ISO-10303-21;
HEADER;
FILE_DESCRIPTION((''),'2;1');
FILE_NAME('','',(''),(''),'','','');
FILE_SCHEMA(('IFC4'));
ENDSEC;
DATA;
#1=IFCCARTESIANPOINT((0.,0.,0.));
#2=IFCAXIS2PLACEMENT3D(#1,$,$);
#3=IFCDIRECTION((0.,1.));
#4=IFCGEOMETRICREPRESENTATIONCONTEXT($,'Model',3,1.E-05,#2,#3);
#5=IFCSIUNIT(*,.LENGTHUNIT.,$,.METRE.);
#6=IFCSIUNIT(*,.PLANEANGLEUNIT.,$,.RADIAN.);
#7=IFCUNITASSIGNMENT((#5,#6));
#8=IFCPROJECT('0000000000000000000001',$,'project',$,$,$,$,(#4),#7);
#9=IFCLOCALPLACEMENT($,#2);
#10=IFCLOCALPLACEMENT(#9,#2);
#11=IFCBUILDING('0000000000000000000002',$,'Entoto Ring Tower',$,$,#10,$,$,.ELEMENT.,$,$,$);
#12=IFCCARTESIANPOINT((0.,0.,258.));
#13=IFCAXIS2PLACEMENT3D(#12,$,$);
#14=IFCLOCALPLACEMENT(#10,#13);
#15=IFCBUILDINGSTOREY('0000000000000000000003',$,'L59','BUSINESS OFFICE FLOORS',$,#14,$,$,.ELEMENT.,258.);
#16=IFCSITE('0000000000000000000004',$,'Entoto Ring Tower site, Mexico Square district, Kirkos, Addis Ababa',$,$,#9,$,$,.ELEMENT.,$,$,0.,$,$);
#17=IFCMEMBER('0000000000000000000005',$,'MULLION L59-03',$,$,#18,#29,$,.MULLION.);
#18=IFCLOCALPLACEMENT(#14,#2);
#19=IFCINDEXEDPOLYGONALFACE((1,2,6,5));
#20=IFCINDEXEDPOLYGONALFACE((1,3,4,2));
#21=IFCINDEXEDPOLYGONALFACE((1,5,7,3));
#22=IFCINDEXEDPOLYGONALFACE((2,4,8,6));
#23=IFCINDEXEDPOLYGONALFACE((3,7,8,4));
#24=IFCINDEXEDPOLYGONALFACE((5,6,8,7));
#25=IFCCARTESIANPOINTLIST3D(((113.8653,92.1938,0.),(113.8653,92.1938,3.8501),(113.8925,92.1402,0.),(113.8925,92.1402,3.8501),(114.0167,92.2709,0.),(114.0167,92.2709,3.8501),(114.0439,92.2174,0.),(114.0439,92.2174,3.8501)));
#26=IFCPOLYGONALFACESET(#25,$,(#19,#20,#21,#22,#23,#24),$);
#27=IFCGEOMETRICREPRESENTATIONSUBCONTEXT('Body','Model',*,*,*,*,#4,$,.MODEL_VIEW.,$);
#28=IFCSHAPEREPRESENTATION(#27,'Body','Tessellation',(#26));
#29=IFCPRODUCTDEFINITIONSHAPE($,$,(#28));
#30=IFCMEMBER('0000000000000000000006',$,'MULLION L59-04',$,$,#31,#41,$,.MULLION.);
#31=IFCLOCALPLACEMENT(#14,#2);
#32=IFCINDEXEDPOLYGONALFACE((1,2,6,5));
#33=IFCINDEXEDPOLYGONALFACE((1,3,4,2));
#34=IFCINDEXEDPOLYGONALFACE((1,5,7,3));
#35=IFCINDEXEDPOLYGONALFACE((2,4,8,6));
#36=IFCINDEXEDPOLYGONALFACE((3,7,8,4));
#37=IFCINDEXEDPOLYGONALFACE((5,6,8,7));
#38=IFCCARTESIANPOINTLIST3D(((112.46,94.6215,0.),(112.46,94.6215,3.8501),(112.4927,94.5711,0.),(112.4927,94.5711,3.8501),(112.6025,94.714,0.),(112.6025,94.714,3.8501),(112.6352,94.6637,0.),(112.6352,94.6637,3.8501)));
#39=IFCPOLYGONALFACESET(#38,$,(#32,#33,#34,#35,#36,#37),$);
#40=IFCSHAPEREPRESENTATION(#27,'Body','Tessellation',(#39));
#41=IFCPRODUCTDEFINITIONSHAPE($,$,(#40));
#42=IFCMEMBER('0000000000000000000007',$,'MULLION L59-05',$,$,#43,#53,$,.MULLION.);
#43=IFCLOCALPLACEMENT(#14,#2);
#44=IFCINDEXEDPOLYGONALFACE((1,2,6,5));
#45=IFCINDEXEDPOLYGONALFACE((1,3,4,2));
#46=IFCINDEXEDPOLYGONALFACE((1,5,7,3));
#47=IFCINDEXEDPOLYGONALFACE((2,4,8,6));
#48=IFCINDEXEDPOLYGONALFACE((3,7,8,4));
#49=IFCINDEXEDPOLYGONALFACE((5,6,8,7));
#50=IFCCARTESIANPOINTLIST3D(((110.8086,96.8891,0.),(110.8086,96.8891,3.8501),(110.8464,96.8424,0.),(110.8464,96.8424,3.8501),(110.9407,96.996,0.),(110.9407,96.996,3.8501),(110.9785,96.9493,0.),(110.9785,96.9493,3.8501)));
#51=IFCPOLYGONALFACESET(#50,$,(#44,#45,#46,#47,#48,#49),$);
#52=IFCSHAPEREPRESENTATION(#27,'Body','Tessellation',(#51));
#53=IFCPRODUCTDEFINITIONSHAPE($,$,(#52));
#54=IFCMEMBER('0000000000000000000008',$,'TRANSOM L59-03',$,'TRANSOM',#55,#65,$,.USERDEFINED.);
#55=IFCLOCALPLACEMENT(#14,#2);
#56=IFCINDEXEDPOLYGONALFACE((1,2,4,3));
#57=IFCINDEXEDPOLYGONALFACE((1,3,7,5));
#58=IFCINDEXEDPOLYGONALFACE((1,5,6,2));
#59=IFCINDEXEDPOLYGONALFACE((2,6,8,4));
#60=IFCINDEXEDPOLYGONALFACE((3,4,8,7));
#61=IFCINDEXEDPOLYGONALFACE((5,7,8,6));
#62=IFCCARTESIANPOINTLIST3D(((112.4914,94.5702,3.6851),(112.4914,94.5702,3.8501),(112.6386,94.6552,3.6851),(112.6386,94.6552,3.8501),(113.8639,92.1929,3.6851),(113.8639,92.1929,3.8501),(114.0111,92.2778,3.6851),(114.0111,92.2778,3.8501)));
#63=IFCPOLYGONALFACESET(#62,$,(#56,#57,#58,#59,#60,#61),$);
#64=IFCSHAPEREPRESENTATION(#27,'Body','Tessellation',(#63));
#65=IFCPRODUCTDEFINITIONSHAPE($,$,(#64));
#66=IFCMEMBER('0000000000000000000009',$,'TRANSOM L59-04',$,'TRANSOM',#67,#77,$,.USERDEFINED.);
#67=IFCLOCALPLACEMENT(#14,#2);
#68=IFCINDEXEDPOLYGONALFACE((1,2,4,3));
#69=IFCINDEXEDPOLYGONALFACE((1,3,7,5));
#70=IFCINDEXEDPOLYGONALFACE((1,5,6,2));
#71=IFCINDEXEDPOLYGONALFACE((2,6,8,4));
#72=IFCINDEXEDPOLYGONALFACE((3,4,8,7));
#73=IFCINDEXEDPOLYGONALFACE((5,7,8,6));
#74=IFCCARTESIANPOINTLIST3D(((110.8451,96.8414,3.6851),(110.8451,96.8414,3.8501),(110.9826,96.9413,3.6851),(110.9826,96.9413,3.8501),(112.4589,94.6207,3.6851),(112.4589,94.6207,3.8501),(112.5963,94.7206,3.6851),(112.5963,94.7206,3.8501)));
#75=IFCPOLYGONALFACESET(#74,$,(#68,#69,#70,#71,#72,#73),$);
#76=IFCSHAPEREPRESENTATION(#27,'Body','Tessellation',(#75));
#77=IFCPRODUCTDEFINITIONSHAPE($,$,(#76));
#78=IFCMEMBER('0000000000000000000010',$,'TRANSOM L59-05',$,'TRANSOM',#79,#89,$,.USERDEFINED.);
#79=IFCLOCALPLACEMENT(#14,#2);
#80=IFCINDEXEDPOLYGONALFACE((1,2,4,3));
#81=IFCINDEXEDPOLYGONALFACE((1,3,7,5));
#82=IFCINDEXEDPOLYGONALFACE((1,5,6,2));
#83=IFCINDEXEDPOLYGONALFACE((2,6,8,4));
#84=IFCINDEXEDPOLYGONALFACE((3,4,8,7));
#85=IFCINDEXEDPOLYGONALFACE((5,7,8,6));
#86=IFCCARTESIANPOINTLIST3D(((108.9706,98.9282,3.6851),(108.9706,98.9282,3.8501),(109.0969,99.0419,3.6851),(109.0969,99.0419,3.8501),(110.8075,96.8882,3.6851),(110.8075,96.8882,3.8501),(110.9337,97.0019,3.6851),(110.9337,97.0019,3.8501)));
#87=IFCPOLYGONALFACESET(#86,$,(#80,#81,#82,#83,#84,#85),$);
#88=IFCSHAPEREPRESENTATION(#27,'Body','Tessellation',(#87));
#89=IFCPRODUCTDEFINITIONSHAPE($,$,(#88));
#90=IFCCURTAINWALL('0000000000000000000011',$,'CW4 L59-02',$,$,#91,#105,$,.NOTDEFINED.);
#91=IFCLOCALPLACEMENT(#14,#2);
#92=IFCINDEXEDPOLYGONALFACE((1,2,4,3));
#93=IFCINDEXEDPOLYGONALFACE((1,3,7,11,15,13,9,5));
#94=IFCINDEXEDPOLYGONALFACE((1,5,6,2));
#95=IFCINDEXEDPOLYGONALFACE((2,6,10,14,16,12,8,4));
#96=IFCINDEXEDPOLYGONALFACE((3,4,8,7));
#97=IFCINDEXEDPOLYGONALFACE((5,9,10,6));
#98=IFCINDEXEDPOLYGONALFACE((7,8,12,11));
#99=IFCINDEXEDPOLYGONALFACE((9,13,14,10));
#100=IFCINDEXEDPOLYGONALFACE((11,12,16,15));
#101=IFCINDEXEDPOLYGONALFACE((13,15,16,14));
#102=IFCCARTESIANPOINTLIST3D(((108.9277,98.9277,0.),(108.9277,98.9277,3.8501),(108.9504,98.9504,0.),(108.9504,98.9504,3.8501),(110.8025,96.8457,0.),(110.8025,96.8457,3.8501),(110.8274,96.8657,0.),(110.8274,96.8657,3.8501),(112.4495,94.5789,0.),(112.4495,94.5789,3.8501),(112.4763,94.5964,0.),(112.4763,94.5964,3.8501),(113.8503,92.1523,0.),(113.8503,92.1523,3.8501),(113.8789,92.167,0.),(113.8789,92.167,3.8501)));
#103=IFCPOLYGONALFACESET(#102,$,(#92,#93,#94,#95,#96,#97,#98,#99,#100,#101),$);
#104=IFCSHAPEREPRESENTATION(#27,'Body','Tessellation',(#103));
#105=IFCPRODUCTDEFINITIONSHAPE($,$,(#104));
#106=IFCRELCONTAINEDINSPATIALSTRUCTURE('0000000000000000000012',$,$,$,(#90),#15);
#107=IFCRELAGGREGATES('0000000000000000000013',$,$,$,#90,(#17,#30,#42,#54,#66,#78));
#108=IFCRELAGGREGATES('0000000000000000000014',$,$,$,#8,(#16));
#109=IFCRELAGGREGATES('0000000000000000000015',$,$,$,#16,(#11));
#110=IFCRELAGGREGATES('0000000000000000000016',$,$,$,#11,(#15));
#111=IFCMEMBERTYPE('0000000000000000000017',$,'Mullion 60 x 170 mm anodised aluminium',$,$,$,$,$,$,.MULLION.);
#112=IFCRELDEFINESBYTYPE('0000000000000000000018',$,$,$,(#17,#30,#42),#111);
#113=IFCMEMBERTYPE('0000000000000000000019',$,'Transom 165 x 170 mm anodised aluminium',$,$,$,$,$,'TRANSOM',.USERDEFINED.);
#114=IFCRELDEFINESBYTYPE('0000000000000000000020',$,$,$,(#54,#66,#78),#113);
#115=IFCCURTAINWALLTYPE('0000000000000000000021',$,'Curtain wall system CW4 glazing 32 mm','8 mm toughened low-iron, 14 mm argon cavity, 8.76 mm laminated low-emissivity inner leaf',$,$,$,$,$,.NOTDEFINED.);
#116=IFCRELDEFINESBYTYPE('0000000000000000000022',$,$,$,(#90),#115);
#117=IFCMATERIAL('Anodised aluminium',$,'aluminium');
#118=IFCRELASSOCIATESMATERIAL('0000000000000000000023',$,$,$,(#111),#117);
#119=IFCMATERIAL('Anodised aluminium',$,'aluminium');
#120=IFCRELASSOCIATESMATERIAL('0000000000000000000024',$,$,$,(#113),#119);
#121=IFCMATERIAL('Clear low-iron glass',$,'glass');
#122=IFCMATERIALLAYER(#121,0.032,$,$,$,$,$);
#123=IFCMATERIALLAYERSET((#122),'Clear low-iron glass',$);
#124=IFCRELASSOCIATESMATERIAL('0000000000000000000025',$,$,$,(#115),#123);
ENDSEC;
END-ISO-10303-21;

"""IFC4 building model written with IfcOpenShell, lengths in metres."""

from ifc_helpers import new_model, si_unit, direction, frame, origin, origin_2d, place, context, subcontext, project, spatial, polyline, rectangle, outline, extrude, material, layer, layer_set, material_profile, profile_set, type_object, element, aggregate, save


model = new_model("IFC4")

# Units and contexts
model_context = context("Model", 3, precision=1e-05, world=origin(), true_north=direction((0.0, 1.0)))
body_context = subcontext(model_context, "Body", "Model", "MODEL_VIEW")
ifc_project = project(units=[si_unit("LENGTHUNIT", "METRE"), si_unit("PLANEANGLEUNIT", "RADIAN")], contexts=[model_context])

# Members
ifc_material_1 = material(Name="Anodised aluminium", Category="aluminium")
ifc_material_profile_1 = material_profile(ifc_material_1, rectangle(XDim=0.0601, YDim=0.1699, at=origin_2d()), Name="Mullion 60 x 170 mm anodised aluminium")
ifc_profile_set_1 = profile_set([ifc_material_profile_1], Name="Anodised aluminium")
member_type_1 = type_object("IfcMemberType", Name="Mullion 60 x 170 mm anodised aluminium", PredefinedType="MULLION", material=ifc_profile_set_1)
site_placement = place(None, origin())
building_placement = place(site_placement, origin())
storey_placement = place(building_placement, frame((0.0, 0.0, 258.0)))
member_1_placement = place(storey_placement, frame((113.9546, 92.2056, 0.0), z_axis=(0.0, 0.0, 1.0), x_axis=(-0.45399, 0.891007, 0.0)))
member_1 = element("IfcMember", 1, at=member_1_placement, type_object=member_type_1, Name="MULLION L59-03", PredefinedType="MULLION", context=body_context, shape_type="SweptSolid", body=[
    extrude(rectangle(XDim=0.0601, YDim=0.1699, at=origin_2d()), origin(), (0.0, 0.0, 1.0), 3.8501),
])
member_2_placement = place(storey_placement, frame((112.5476, 94.6426, 0.0), z_axis=(0.0, 0.0, 1.0), x_axis=(-0.544639, 0.838671, 0.0)))
member_2 = element("IfcMember", 2, at=member_2_placement, type_object=member_type_1, Name="MULLION L59-04", PredefinedType="MULLION", context=body_context, shape_type="SweptSolid", body=[
    extrude(rectangle(XDim=0.0601, YDim=0.1699, at=origin_2d()), origin(), (0.0, 0.0, 1.0), 3.8501),
])
member_3_placement = place(storey_placement, frame((110.8936, 96.9192, 0.0), z_axis=(0.0, 0.0, 1.0), x_axis=(-0.62932, 0.777146, 0.0)))
member_3 = element("IfcMember", 3, at=member_3_placement, type_object=member_type_1, Name="MULLION L59-05", PredefinedType="MULLION", context=body_context, shape_type="SweptSolid", body=[
    extrude(rectangle(XDim=0.0601, YDim=0.1699, at=origin_2d()), origin(), (0.0, 0.0, 1.0), 3.8501),
])
ifc_material_2 = material(Name="Anodised aluminium", Category="aluminium")
ifc_material_profile_2 = material_profile(ifc_material_2, rectangle(XDim=0.1699, YDim=0.165, at=origin_2d()), Name="Transom 165 x 170 mm anodised aluminium")
ifc_profile_set_2 = profile_set([ifc_material_profile_2], Name="Anodised aluminium")
member_type_2 = type_object("IfcMemberType", Name="Transom 165 x 170 mm anodised aluminium", ElementType="TRANSOM", PredefinedType="USERDEFINED", material=ifc_profile_set_2)
member_4_placement = place(storey_placement, frame((113.9375, 92.2354, 3.7676), z_axis=(-0.499984, 0.866035, 0.0), x_axis=(-0.866035, -0.499984, 0.0)))
member_4 = element("IfcMember", 4, at=member_4_placement, type_object=member_type_2, Name="TRANSOM L59-03", ObjectType="TRANSOM", PredefinedType="USERDEFINED", context=body_context, shape_type="SweptSolid", body=[
    extrude(rectangle(XDim=0.1699, YDim=0.165, at=origin_2d()), origin(), (0.0, 0.0, 1.0), 2.7451),
])
member_5_placement = place(storey_placement, frame((112.5276, 94.6707, 3.7676), z_axis=(-0.587865, 0.808959, 0.0), x_axis=(-0.808959, -0.587865, 0.0)))
member_5 = element("IfcMember", 5, at=member_5_placement, type_object=member_type_2, Name="TRANSOM L59-04", ObjectType="TRANSOM", PredefinedType="USERDEFINED", context=body_context, shape_type="SweptSolid", body=[
    extrude(rectangle(XDim=0.1699, YDim=0.165, at=origin_2d()), origin(), (0.0, 0.0, 1.0), 2.7451),
])
member_6_placement = place(storey_placement, frame((110.8706, 96.9451, 3.7676), z_axis=(-0.669142, 0.743135, 0.0), x_axis=(-0.743135, -0.669142, 0.0)))
member_6 = element("IfcMember", 6, at=member_6_placement, type_object=member_type_2, Name="TRANSOM L59-05", ObjectType="TRANSOM", PredefinedType="USERDEFINED", context=body_context, shape_type="SweptSolid", body=[
    extrude(rectangle(XDim=0.1699, YDim=0.165, at=origin_2d()), origin(), (0.0, 0.0, 1.0), 2.7451),
])

# Site, building, storey
site = spatial("IfcSite", under=ifc_project, at=site_placement, Name="Entoto Ring Tower site, Mexico Square district, Kirkos, Addis Ababa", CompositionType="ELEMENT", RefElevation=0.0)
building = spatial("IfcBuilding", under=site, at=building_placement, Name="Entoto Ring Tower", CompositionType="ELEMENT")
storey = spatial("IfcBuildingStorey", under=building, at=storey_placement, Name="L59", Description="BUSINESS OFFICE FLOORS", CompositionType="ELEMENT", Elevation=258.0)

# Curtain wall
ifc_material_3 = material(Name="Clear low-iron glass", Category="glass")
ifc_layer_1 = layer(ifc_material_3, 0.032)
ifc_layer_set_1 = layer_set([ifc_layer_1], Name="Clear low-iron glass")
curtain_wall_type = type_object("IfcCurtainWallType", Name="Curtain wall system CW4 glazing 32 mm", Description="8 mm toughened low-iron, 14 mm argon cavity, 8.76 mm laminated low-emissivity inner leaf", PredefinedType="NOTDEFINED", material=ifc_layer_set_1)
curtain_wall_1_placement = place(storey_placement, origin())
curtain_wall_1 = element("IfcCurtainWall", 7, at=curtain_wall_1_placement, inside=storey, type_object=curtain_wall_type, Name="CW4 L59-02", PredefinedType="NOTDEFINED", context=body_context, shape_type="SweptSolid", body=[
    extrude(outline(polyline([(113.8789, 92.167), (112.4763, 94.5964), (110.8274, 96.8657), (108.9504, 98.9504), (108.9277, 98.9277), (110.8025, 96.8457), (112.4495, 94.5789), (113.8503, 92.1523), (113.8789, 92.167)])), origin(), (0.0, 0.0, 1.0), 3.8501),
])
aggregate(curtain_wall_1, [member_1, member_2, member_3, member_4, member_5, member_6])

save(model, "model.ifc")
